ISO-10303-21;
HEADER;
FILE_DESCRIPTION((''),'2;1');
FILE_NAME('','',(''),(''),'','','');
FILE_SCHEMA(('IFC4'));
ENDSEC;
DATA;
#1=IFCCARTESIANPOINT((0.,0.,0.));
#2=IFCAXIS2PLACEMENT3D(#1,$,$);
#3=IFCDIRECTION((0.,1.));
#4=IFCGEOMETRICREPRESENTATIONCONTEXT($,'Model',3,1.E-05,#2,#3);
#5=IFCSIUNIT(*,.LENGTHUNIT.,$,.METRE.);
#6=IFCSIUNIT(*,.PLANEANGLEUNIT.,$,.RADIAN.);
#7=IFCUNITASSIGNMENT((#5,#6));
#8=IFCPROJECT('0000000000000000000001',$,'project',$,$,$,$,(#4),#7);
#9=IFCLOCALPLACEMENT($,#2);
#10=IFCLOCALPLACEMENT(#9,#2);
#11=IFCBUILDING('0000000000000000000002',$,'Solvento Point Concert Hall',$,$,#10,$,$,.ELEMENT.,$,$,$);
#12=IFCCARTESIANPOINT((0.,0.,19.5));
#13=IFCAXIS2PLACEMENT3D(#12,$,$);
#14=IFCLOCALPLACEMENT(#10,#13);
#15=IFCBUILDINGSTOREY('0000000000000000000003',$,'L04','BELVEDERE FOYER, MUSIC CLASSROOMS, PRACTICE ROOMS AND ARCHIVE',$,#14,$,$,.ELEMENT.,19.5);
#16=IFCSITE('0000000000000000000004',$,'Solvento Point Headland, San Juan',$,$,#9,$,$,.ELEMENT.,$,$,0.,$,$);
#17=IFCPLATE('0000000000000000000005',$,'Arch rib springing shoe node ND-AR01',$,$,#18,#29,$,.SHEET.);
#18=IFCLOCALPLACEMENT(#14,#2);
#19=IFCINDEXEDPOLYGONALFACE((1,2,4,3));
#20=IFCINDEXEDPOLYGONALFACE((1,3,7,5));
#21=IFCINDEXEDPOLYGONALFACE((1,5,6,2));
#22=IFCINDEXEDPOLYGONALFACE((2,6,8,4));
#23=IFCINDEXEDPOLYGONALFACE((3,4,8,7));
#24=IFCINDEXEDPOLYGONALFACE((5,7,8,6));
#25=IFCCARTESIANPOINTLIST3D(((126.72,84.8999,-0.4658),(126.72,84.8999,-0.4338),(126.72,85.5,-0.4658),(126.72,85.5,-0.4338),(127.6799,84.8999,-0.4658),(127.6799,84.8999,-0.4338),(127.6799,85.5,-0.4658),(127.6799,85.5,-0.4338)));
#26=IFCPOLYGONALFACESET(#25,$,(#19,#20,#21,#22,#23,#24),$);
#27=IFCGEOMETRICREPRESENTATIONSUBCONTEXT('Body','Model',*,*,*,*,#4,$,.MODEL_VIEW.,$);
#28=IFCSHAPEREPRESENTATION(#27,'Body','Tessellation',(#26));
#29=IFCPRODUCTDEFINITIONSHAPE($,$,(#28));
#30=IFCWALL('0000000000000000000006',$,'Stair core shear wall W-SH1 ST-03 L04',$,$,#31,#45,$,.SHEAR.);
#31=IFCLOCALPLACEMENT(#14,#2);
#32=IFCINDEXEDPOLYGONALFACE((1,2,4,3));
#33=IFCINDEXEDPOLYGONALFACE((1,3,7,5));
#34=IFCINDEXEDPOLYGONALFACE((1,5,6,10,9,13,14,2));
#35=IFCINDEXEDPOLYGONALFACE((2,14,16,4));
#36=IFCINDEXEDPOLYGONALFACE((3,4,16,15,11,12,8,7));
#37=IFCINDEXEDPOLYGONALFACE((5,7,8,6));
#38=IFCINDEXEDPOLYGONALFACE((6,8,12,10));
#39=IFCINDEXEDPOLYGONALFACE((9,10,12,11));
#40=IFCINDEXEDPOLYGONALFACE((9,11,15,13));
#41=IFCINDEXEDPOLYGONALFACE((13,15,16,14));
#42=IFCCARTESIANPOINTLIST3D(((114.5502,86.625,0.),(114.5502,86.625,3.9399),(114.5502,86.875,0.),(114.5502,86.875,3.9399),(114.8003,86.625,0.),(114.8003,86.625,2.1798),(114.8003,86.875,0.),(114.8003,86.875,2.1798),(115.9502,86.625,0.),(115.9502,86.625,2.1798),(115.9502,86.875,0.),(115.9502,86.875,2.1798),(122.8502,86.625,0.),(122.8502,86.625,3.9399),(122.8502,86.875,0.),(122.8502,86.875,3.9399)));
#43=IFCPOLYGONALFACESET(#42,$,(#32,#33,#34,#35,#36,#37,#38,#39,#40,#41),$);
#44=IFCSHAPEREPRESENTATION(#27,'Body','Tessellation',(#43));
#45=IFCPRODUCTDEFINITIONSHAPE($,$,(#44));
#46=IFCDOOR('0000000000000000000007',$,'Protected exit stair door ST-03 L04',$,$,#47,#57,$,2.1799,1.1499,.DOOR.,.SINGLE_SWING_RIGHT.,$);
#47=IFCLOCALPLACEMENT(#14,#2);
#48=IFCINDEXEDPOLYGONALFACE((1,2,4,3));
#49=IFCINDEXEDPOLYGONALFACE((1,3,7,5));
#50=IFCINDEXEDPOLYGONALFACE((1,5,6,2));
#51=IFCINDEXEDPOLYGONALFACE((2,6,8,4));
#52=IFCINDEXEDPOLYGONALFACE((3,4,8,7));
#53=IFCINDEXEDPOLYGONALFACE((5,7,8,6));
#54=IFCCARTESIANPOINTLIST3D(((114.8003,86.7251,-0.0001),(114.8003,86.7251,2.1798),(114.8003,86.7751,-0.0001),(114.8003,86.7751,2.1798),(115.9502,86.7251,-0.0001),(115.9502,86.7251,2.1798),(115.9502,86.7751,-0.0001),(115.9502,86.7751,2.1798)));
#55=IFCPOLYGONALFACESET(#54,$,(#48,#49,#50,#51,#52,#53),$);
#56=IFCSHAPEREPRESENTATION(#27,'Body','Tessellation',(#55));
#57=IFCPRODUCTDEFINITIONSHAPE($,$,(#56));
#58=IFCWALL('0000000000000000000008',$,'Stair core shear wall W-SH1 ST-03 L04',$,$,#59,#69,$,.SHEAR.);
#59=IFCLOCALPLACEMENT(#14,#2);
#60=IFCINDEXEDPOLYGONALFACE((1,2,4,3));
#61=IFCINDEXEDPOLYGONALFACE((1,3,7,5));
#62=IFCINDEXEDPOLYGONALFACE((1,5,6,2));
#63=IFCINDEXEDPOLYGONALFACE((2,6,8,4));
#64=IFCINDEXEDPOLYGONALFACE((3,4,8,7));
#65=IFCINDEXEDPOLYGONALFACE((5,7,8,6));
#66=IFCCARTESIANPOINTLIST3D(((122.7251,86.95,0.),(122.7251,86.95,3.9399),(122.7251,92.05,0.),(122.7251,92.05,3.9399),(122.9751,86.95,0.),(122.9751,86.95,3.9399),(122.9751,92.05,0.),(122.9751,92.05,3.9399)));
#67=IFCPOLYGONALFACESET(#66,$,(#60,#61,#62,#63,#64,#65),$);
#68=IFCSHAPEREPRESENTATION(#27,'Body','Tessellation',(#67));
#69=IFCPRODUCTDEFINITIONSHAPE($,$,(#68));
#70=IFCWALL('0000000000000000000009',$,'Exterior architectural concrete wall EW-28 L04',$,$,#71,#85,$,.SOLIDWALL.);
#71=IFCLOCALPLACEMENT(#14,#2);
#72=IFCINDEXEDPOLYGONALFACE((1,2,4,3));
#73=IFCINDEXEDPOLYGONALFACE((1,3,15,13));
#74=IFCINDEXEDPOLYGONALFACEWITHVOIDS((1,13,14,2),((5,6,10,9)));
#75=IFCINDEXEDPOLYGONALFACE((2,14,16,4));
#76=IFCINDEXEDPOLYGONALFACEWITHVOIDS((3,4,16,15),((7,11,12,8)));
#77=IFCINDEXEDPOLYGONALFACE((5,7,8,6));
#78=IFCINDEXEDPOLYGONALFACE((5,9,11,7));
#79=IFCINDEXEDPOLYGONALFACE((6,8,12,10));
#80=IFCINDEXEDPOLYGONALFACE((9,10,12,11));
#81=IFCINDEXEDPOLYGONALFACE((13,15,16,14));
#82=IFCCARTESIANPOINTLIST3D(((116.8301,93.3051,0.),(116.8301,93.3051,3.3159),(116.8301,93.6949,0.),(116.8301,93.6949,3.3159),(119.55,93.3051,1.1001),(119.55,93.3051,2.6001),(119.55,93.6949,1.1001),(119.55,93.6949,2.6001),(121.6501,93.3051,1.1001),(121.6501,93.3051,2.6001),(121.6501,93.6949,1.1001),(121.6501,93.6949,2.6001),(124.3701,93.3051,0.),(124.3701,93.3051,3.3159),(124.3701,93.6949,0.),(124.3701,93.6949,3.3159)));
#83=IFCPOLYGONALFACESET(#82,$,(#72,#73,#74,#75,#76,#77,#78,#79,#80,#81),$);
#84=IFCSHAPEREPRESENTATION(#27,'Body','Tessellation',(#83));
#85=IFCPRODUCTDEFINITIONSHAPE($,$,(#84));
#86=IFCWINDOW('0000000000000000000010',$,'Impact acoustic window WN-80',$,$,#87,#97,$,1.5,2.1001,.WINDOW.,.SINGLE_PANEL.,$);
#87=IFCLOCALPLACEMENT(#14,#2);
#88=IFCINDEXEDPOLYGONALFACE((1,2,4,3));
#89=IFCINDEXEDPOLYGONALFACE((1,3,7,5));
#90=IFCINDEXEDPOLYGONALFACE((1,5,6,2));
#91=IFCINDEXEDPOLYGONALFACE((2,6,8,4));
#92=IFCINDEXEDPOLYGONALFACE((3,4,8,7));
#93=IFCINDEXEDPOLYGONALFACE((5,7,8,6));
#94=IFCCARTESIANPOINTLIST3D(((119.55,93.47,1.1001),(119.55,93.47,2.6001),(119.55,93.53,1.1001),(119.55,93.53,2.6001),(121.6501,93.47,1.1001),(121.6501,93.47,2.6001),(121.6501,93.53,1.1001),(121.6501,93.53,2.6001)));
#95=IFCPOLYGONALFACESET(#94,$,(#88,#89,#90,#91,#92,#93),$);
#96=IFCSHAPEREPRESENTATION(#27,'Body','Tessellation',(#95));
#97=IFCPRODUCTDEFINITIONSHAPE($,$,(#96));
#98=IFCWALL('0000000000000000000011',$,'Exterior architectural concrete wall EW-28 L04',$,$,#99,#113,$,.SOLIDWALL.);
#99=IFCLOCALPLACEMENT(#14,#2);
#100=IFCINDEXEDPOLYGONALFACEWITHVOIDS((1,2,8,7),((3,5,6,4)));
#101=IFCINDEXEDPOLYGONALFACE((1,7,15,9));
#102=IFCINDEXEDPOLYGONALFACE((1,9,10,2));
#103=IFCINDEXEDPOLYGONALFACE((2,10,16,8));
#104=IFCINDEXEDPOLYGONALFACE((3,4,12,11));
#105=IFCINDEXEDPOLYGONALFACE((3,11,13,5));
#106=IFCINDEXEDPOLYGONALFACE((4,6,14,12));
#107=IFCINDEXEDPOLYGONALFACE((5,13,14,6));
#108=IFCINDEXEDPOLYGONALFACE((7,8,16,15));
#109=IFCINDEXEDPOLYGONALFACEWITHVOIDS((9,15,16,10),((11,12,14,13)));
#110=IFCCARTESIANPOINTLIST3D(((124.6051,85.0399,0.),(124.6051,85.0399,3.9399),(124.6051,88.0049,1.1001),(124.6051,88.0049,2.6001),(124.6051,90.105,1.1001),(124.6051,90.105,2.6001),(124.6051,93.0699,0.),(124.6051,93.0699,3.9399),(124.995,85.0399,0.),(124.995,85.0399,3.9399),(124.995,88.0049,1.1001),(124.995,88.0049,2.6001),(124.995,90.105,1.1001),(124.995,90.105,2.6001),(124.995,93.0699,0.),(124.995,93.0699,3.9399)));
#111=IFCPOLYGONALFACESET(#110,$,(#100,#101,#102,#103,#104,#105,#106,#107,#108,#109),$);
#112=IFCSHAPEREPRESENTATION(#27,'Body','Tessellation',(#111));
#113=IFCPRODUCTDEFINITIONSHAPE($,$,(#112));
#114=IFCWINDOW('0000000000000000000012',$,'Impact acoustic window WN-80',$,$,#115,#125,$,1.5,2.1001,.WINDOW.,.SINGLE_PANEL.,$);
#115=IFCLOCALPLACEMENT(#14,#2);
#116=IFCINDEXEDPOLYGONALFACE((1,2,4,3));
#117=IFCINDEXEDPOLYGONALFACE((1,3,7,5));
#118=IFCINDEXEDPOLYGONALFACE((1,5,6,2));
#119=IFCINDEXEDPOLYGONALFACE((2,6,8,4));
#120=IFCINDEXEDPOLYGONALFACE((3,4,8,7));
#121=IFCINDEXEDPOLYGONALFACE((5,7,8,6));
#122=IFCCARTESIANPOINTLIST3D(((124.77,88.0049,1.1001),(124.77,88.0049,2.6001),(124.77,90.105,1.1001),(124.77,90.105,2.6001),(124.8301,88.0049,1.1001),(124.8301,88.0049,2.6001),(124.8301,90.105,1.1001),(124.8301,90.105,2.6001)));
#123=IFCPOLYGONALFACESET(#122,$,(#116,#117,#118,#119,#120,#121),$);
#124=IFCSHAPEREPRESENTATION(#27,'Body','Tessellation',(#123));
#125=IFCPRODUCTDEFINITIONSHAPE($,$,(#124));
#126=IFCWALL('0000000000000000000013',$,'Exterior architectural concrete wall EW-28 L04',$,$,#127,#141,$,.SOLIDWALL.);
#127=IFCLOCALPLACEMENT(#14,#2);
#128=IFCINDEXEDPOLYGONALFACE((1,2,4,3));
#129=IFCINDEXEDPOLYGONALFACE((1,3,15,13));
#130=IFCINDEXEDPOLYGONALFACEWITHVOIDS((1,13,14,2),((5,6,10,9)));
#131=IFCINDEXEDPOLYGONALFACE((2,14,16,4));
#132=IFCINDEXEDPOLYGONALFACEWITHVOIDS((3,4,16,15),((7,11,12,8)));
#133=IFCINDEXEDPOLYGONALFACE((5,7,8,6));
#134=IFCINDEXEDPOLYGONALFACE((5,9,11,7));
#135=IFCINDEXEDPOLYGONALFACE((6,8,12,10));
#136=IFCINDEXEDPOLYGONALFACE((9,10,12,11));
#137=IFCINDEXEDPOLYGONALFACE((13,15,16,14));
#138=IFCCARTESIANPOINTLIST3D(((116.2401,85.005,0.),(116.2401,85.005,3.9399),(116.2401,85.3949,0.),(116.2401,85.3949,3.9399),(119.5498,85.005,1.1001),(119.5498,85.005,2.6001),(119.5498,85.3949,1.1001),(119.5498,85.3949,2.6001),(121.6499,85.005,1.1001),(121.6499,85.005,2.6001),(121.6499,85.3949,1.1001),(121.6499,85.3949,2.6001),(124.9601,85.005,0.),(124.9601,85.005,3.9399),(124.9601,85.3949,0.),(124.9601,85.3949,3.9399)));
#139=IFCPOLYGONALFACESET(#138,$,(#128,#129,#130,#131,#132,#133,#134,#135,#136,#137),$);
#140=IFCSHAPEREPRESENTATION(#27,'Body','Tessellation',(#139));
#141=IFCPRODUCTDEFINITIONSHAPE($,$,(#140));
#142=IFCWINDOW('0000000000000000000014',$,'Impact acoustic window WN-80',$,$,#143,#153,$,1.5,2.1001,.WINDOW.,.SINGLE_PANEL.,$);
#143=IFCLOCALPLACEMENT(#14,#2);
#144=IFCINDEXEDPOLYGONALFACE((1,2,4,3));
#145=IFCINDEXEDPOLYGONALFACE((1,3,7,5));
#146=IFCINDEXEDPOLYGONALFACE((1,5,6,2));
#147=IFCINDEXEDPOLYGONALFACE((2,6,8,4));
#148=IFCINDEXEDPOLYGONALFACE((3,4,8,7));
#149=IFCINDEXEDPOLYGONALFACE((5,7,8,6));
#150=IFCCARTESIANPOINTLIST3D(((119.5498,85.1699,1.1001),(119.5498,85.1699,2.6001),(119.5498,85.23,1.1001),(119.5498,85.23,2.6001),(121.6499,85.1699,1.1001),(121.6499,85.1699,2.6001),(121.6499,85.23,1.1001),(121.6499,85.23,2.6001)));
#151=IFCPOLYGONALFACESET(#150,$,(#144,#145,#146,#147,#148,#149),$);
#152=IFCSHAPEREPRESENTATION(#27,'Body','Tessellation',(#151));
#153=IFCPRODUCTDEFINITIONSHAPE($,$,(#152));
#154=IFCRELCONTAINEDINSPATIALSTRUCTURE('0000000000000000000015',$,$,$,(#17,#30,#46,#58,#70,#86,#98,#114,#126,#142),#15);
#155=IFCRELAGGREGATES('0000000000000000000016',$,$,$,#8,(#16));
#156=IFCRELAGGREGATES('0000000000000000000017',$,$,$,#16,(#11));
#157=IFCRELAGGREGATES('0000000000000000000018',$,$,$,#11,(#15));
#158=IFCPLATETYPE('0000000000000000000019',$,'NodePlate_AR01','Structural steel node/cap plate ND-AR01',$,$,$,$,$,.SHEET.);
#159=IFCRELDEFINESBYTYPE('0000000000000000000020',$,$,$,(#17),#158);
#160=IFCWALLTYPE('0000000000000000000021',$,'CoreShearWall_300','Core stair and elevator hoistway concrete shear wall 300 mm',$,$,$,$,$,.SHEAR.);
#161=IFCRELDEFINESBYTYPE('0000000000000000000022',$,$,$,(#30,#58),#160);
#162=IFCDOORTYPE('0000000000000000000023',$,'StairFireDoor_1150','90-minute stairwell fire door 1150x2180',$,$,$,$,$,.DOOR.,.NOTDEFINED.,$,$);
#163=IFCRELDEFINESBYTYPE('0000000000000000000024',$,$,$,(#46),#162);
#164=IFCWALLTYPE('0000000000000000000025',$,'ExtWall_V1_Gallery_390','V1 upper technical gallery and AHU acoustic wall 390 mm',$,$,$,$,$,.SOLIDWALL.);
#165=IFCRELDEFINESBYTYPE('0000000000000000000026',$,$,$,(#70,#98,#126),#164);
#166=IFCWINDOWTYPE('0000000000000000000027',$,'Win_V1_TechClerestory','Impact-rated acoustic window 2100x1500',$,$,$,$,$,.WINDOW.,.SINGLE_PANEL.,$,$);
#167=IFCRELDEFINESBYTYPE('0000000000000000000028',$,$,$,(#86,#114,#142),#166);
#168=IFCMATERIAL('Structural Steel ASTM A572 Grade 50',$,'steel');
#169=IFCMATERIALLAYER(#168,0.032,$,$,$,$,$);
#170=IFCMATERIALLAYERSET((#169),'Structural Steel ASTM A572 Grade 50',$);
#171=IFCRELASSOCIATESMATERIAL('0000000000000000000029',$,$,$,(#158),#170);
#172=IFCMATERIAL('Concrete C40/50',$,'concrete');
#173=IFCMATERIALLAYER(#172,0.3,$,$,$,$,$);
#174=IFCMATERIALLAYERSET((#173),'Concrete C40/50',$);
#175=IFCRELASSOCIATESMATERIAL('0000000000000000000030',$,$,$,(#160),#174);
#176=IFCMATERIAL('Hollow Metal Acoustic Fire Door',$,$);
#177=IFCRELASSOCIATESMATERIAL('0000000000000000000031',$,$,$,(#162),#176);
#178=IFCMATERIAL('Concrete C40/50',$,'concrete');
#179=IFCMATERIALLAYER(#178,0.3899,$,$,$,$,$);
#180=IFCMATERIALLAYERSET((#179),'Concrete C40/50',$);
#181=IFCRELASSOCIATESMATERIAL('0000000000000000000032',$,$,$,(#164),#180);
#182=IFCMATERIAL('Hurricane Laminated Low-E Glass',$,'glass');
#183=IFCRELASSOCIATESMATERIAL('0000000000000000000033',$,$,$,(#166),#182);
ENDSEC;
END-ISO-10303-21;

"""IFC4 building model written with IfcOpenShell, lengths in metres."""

from ifc_helpers import new_model, si_unit, direction, frame, frame_2d, origin, origin_2d, place, context, subcontext, project, spatial, rectangle, extrude, material, layer, layer_set, type_object, element, fill, save


model = new_model("IFC4")

# Units and contexts
model_context = context("Model", 3, precision=1e-05, world=origin(), true_north=direction((0.0, 1.0)))
body_context = subcontext(model_context, "Body", "Model", "MODEL_VIEW")
ifc_project = project(units=[si_unit("LENGTHUNIT", "METRE"), si_unit("PLANEANGLEUNIT", "RADIAN")], contexts=[model_context])

# Site, building, storey
site_placement = place(None, origin())
site = spatial("IfcSite", under=ifc_project, at=site_placement, Name="Solvento Point Headland, San Juan", CompositionType="ELEMENT", RefElevation=0.0)
building_placement = place(site_placement, origin())
building = spatial("IfcBuilding", under=site, at=building_placement, Name="Solvento Point Concert Hall", CompositionType="ELEMENT")
storey_placement = place(building_placement, frame((0.0, 0.0, 19.5)))
storey = spatial("IfcBuildingStorey", under=building, at=storey_placement, Name="L04", Description="BELVEDERE FOYER, MUSIC CLASSROOMS, PRACTICE ROOMS AND ARCHIVE", CompositionType="ELEMENT", Elevation=19.5)

# Plate
ifc_material_1 = material(Name="Structural Steel ASTM A572 Grade 50", Category="steel")
ifc_layer_1 = layer(ifc_material_1, 0.032)
ifc_layer_set_1 = layer_set([ifc_layer_1], Name="Structural Steel ASTM A572 Grade 50")
plate_type = type_object("IfcPlateType", Name="NodePlate_AR01", Description="Structural steel node/cap plate ND-AR01", PredefinedType="SHEET", material=ifc_layer_set_1)
for number, where, z_axis, x_axis, name in (
    (1, (127.2, 85.2, -0.4658), (0.0, 0.0, 1.0), (1.0, 0.0, 0.0), "Arch rib springing shoe node ND-AR01"),
):
    element("IfcPlate", number, at=place(storey_placement, frame(where, z_axis=z_axis, x_axis=x_axis)), inside=storey, type_object=plate_type, Name=name, PredefinedType="SHEET", context=body_context, shape_type="SweptSolid", body=[
        extrude(rectangle(XDim=0.96, YDim=0.6001, at=origin_2d()), origin(), (0.0, 0.0, 1.0), 0.032),
    ])

# Wall, opening, door
ifc_material_2 = material(Name="Concrete C40/50", Category="concrete")
ifc_layer_2 = layer(ifc_material_2, 0.3)
ifc_layer_set_2 = layer_set([ifc_layer_2], Name="Concrete C40/50")
wall_type_1 = type_object("IfcWallType", Name="CoreShearWall_300", Description="Core stair and elevator hoistway concrete shear wall 300 mm", PredefinedType="SHEAR", material=ifc_layer_set_2)
wall_1_placement = place(storey_placement, frame((122.8501, 86.75, 0.0), z_axis=(0.0, 0.0, 1.0), x_axis=(-1.0, 0.0, 0.0)))
wall_1 = element("IfcWall", 2, at=wall_1_placement, inside=storey, type_object=wall_type_1, Name="Stair core shear wall W-SH1 ST-03 L04", PredefinedType="SHEAR", context=body_context, shape_type="SweptSolid", body=[
    extrude(rectangle(XDim=8.3, YDim=0.25, at=frame_2d((4.1499, 0.0))), origin(), (0.0, 0.0, 1.0), 3.9399),
])
opening_1_placement = place(wall_1_placement, frame((6.8999, 0.0, 0.0)))
opening_1 = element("IfcOpeningElement", 3, at=opening_1_placement, cuts=wall_1, PredefinedType="OPENING", context=body_context, shape_type="SweptSolid", body=[
    extrude(rectangle(XDim=1.1499, YDim=2.1799, at=frame_2d((0.575, 1.0898))), frame((0.0, 0.135, 0.0), z_axis=(0.0, -1.0, 0.0), x_axis=(1.0, 0.0, 0.0)), (0.0, 0.0, 1.0), 0.27),
])
ifc_material_3 = material(Name="Hollow Metal Acoustic Fire Door")
door_type = type_object("IfcDoorType", Name="StairFireDoor_1150", Description="90-minute stairwell fire door 1150x2180", OperationType="NOTDEFINED", PredefinedType="DOOR", material=ifc_material_3)
door_placement = place(opening_1_placement, origin())
door = element("IfcDoor", 4, at=door_placement, inside=storey, type_object=door_type, Name="Protected exit stair door ST-03 L04", OperationType="SINGLE_SWING_RIGHT", OverallHeight=2.1799, OverallWidth=1.1499, PredefinedType="DOOR", context=body_context, shape_type="SweptSolid", body=[
    extrude(rectangle(XDim=1.1499, YDim=2.1799, at=frame_2d((0.575, 1.0898))), frame((0.0, 0.0249, 0.0), z_axis=(0.0, -1.0, 0.0), x_axis=(1.0, 0.0, 0.0)), (0.0, 0.0, 1.0), 0.05),
])
fill(opening_1, door)

# Wall
wall_2_placement = place(storey_placement, frame((122.8501, 92.05, 0.0), z_axis=(0.0, 0.0, 1.0), x_axis=(0.0, -1.0, 0.0)))
element("IfcWall", 5, at=wall_2_placement, inside=storey, type_object=wall_type_1, Name="Stair core shear wall W-SH1 ST-03 L04", PredefinedType="SHEAR", context=body_context, shape_type="SweptSolid", body=[
    extrude(rectangle(XDim=5.1001, YDim=0.25, at=frame_2d((2.55, 0.0))), origin(), (0.0, 0.0, 1.0), 3.9399),
])

# Walls, openings, windows
ifc_material_4 = material(Name="Concrete C40/50", Category="concrete")
ifc_layer_3 = layer(ifc_material_4, 0.3899)
ifc_layer_set_3 = layer_set([ifc_layer_3], Name="Concrete C40/50")
wall_type_2 = type_object("IfcWallType", Name="ExtWall_V1_Gallery_390", Description="V1 upper technical gallery and AHU acoustic wall 390 mm", PredefinedType="SOLIDWALL", material=ifc_layer_set_3)
wall_3_placement = place(storey_placement, frame((116.8301, 93.5, 0.0), z_axis=(0.0, 0.0, 1.0), x_axis=(1.0, 0.0, 0.0)))
wall_3 = element("IfcWall", 6, at=wall_3_placement, inside=storey, type_object=wall_type_2, Name="Exterior architectural concrete wall EW-28 L04", PredefinedType="SOLIDWALL", context=body_context, shape_type="SweptSolid", body=[
    extrude(rectangle(XDim=7.54, YDim=0.3899, at=frame_2d((3.77, 0.0))), origin(), (0.0, 0.0, 1.0), 3.3159),
])
opening_2_placement = place(wall_3_placement, frame((2.72, 0.0, 1.1001)))
opening_2 = element("IfcOpeningElement", 7, at=opening_2_placement, cuts=wall_3, PredefinedType="OPENING", context=body_context, shape_type="SweptSolid", body=[
    extrude(rectangle(XDim=2.1001, YDim=1.5, at=frame_2d((1.05, 0.75))), frame((0.0, 0.2048, 0.0), z_axis=(0.0, -1.0, 0.0), x_axis=(1.0, 0.0, 0.0)), (0.0, 0.0, 1.0), 0.4099),
])
ifc_material_5 = material(Name="Hurricane Laminated Low-E Glass", Category="glass")
window_type = type_object("IfcWindowType", Name="Win_V1_TechClerestory", Description="Impact-rated acoustic window 2100x1500", PartitioningType="SINGLE_PANEL", PredefinedType="WINDOW", material=ifc_material_5)
window_1_placement = place(opening_2_placement, origin())
window_1 = element("IfcWindow", 8, at=window_1_placement, inside=storey, type_object=window_type, Name="Impact acoustic window WN-80", OverallHeight=1.5, OverallWidth=2.1001, PartitioningType="SINGLE_PANEL", PredefinedType="WINDOW", context=body_context, shape_type="SweptSolid", body=[
    extrude(rectangle(XDim=2.1001, YDim=1.5, at=frame_2d((1.05, 0.75))), frame((0.0, 0.03, 0.0), z_axis=(0.0, -1.0, 0.0), x_axis=(1.0, 0.0, 0.0)), (0.0, 0.0, 1.0), 0.0601),
])
fill(opening_2, window_1)
wall_4_placement = place(storey_placement, frame((124.8, 93.0701, 0.0), z_axis=(0.0, 0.0, 1.0), x_axis=(0.0, -1.0, 0.0)))
wall_4 = element("IfcWall", 9, at=wall_4_placement, inside=storey, type_object=wall_type_2, Name="Exterior architectural concrete wall EW-28 L04", PredefinedType="SOLIDWALL", context=body_context, shape_type="SweptSolid", body=[
    extrude(rectangle(XDim=8.03, YDim=0.3899, at=frame_2d((4.0151, 0.0))), origin(), (0.0, 0.0, 1.0), 3.9399),
])
opening_3_placement = place(wall_4_placement, frame((2.9651, 0.0, 1.1001)))
opening_3 = element("IfcOpeningElement", 10, at=opening_3_placement, cuts=wall_4, PredefinedType="OPENING", context=body_context, shape_type="SweptSolid", body=[
    extrude(rectangle(XDim=2.1001, YDim=1.5, at=frame_2d((1.05, 0.75))), frame((0.0, 0.2048, 0.0), z_axis=(0.0, -1.0, 0.0), x_axis=(1.0, 0.0, 0.0)), (0.0, 0.0, 1.0), 0.4099),
])
window_2_placement = place(opening_3_placement, origin())
window_2 = element("IfcWindow", 11, at=window_2_placement, inside=storey, type_object=window_type, Name="Impact acoustic window WN-80", OverallHeight=1.5, OverallWidth=2.1001, PartitioningType="SINGLE_PANEL", PredefinedType="WINDOW", context=body_context, shape_type="SweptSolid", body=[
    extrude(rectangle(XDim=2.1001, YDim=1.5, at=frame_2d((1.05, 0.75))), frame((0.0, 0.03, 0.0), z_axis=(0.0, -1.0, 0.0), x_axis=(1.0, 0.0, 0.0)), (0.0, 0.0, 1.0), 0.0601),
])
fill(opening_3, window_2)
wall_5_placement = place(storey_placement, frame((124.96, 85.2, 0.0), z_axis=(0.0, 0.0, 1.0), x_axis=(-1.0, 0.0, 0.0)))
wall_5 = element("IfcWall", 12, at=wall_5_placement, inside=storey, type_object=wall_type_2, Name="Exterior architectural concrete wall EW-28 L04", PredefinedType="SOLIDWALL", context=body_context, shape_type="SweptSolid", body=[
    extrude(rectangle(XDim=8.72, YDim=0.3899, at=frame_2d((4.3599, 0.0))), origin(), (0.0, 0.0, 1.0), 3.9399),
])
opening_4_placement = place(wall_5_placement, frame((3.3101, 0.0, 1.1001)))
opening_4 = element("IfcOpeningElement", 13, at=opening_4_placement, cuts=wall_5, PredefinedType="OPENING", context=body_context, shape_type="SweptSolid", body=[
    extrude(rectangle(XDim=2.1001, YDim=1.5, at=frame_2d((1.05, 0.75))), frame((0.0, 0.2048, 0.0), z_axis=(0.0, -1.0, 0.0), x_axis=(1.0, 0.0, 0.0)), (0.0, 0.0, 1.0), 0.4099),
])
window_3_placement = place(opening_4_placement, origin())
window_3 = element("IfcWindow", 14, at=window_3_placement, inside=storey, type_object=window_type, Name="Impact acoustic window WN-80", OverallHeight=1.5, OverallWidth=2.1001, PartitioningType="SINGLE_PANEL", PredefinedType="WINDOW", context=body_context, shape_type="SweptSolid", body=[
    extrude(rectangle(XDim=2.1001, YDim=1.5, at=frame_2d((1.05, 0.75))), frame((0.0, 0.03, 0.0), z_axis=(0.0, -1.0, 0.0), x_axis=(1.0, 0.0, 0.0)), (0.0, 0.0, 1.0), 0.0601),
])
fill(opening_4, window_3)

save(model, "model.ifc")
